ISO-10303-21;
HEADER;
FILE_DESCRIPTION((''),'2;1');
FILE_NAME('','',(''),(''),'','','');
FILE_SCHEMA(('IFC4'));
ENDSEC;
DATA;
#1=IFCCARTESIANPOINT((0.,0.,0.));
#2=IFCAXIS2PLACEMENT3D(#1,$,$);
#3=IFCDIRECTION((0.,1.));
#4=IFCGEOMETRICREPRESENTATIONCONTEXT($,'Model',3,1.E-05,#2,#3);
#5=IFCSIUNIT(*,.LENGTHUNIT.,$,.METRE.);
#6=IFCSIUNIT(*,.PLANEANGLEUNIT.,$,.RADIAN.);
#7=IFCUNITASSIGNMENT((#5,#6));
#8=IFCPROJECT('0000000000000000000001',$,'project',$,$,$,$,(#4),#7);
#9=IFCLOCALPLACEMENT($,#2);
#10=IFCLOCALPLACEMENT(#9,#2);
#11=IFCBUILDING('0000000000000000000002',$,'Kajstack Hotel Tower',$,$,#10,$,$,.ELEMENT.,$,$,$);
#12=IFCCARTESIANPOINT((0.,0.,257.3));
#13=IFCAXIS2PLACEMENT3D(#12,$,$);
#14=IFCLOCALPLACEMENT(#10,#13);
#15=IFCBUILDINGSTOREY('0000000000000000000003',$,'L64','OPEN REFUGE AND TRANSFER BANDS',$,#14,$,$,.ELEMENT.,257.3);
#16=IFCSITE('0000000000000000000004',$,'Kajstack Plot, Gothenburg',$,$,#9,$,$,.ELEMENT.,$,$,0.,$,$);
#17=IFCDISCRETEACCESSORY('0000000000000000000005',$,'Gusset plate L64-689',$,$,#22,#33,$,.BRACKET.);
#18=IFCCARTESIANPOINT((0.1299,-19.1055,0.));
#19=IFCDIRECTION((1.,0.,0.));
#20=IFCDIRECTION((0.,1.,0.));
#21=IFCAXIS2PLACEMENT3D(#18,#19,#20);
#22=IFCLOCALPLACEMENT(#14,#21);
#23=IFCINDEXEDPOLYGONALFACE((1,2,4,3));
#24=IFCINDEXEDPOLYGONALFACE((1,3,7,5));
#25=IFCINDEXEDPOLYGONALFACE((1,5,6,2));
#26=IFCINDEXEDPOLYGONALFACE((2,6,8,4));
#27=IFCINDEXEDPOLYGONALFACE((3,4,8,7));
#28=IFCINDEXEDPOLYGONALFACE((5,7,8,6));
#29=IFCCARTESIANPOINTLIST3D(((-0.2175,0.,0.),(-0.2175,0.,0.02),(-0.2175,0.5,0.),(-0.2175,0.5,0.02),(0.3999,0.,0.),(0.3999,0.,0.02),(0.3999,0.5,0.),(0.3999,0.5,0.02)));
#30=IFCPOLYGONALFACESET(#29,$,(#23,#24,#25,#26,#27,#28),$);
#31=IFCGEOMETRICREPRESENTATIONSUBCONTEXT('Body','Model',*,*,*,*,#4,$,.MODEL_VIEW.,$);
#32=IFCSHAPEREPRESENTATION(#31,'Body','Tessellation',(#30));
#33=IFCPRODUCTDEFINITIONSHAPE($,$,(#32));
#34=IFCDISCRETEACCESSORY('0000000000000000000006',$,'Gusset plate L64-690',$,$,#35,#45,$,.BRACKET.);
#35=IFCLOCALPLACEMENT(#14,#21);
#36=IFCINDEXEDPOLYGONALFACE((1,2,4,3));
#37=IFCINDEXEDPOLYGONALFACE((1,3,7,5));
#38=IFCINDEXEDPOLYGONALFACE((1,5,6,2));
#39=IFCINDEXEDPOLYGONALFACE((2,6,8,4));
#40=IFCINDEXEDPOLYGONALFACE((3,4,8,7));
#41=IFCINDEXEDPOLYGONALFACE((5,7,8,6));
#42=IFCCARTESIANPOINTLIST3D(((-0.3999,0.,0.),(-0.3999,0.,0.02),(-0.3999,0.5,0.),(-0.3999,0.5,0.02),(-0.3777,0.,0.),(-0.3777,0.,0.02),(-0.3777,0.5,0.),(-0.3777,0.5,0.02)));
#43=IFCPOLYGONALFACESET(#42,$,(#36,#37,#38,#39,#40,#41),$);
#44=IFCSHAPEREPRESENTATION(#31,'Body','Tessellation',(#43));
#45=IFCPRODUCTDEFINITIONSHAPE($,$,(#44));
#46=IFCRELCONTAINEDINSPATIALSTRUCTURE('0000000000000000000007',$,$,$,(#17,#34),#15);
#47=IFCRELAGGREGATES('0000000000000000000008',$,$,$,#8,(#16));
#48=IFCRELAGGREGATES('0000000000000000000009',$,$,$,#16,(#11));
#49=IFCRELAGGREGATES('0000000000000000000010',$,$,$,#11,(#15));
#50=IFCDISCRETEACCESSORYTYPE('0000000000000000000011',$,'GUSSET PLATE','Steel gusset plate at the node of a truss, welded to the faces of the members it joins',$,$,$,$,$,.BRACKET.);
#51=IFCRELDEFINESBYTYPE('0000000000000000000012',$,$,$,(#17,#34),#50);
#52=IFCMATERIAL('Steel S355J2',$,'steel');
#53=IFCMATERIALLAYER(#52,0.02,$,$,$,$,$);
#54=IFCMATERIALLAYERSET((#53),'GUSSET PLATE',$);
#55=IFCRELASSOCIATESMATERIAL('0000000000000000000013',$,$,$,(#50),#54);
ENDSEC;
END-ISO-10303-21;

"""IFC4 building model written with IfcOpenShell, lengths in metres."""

from ifc_helpers import new_model, si_unit, direction, frame, origin, place, context, subcontext, project, spatial, polyline, outline, extrude, material, layer, layer_set, type_object, element, save


model = new_model("IFC4")

# Units and contexts
model_context = context("Model", 3, precision=1e-05, world=origin(), true_north=direction((0.0, 1.0)))
body_context = subcontext(model_context, "Body", "Model", "MODEL_VIEW")
ifc_project = project(units=[si_unit("LENGTHUNIT", "METRE"), si_unit("PLANEANGLEUNIT", "RADIAN")], contexts=[model_context])

# Site, building, storey
site_placement = place(None, origin())
site = spatial("IfcSite", under=ifc_project, at=site_placement, Name="Kajstack Plot, Gothenburg", CompositionType="ELEMENT", RefElevation=0.0)
building_placement = place(site_placement, origin())
building = spatial("IfcBuilding", under=site, at=building_placement, Name="Kajstack Hotel Tower", CompositionType="ELEMENT")
storey_placement = place(building_placement, frame((0.0, 0.0, 257.3)))
storey = spatial("IfcBuildingStorey", under=building, at=storey_placement, Name="L64", Description="OPEN REFUGE AND TRANSFER BANDS", CompositionType="ELEMENT", Elevation=257.3)

# Shared definitions
ifc_material_1 = material(Name="Steel S355J2", Category="steel")

# Discrete accessories
ifc_layer_1 = layer(ifc_material_1, 0.02)
ifc_layer_set_1 = layer_set([ifc_layer_1], Name="GUSSET PLATE")
discrete_accessory_type = type_object("IfcDiscreteAccessoryType", Name="GUSSET PLATE", Description="Steel gusset plate at the node of a truss, welded to the faces of the members it joins", PredefinedType="BRACKET", material=ifc_layer_set_1)
discrete_accessory_1_placement = place(storey_placement, frame((0.1299, -19.1055, 0.0), z_axis=(1.0, 0.0, 0.0), x_axis=(0.0, 1.0, 0.0)))
element("IfcDiscreteAccessory", 1, at=discrete_accessory_1_placement, inside=storey, type_object=discrete_accessory_type, Name="Gusset plate L64-689", PredefinedType="BRACKET", context=body_context, shape_type="SweptSolid", body=[
    extrude(outline(polyline([(0.3999, 0.5), (-0.2175, 0.5), (-0.2175, 0.0), (0.3999, 0.0), (0.3999, 0.5)])), origin(), (0.0, 0.0, 1.0), 0.02),
])
discrete_accessory_2_placement = place(storey_placement, frame((0.1299, -19.1055, 0.0), z_axis=(1.0, 0.0, 0.0), x_axis=(0.0, 1.0, 0.0)))
element("IfcDiscreteAccessory", 2, at=discrete_accessory_2_placement, inside=storey, type_object=discrete_accessory_type, Name="Gusset plate L64-690", PredefinedType="BRACKET", context=body_context, shape_type="SweptSolid", body=[
    extrude(outline(polyline([(-0.3999, 0.0), (-0.3777, 0.0), (-0.3777, 0.5), (-0.3999, 0.5), (-0.3999, 0.0)])), origin(), (0.0, 0.0, 1.0), 0.02),
])

save(model, "model.ifc")
